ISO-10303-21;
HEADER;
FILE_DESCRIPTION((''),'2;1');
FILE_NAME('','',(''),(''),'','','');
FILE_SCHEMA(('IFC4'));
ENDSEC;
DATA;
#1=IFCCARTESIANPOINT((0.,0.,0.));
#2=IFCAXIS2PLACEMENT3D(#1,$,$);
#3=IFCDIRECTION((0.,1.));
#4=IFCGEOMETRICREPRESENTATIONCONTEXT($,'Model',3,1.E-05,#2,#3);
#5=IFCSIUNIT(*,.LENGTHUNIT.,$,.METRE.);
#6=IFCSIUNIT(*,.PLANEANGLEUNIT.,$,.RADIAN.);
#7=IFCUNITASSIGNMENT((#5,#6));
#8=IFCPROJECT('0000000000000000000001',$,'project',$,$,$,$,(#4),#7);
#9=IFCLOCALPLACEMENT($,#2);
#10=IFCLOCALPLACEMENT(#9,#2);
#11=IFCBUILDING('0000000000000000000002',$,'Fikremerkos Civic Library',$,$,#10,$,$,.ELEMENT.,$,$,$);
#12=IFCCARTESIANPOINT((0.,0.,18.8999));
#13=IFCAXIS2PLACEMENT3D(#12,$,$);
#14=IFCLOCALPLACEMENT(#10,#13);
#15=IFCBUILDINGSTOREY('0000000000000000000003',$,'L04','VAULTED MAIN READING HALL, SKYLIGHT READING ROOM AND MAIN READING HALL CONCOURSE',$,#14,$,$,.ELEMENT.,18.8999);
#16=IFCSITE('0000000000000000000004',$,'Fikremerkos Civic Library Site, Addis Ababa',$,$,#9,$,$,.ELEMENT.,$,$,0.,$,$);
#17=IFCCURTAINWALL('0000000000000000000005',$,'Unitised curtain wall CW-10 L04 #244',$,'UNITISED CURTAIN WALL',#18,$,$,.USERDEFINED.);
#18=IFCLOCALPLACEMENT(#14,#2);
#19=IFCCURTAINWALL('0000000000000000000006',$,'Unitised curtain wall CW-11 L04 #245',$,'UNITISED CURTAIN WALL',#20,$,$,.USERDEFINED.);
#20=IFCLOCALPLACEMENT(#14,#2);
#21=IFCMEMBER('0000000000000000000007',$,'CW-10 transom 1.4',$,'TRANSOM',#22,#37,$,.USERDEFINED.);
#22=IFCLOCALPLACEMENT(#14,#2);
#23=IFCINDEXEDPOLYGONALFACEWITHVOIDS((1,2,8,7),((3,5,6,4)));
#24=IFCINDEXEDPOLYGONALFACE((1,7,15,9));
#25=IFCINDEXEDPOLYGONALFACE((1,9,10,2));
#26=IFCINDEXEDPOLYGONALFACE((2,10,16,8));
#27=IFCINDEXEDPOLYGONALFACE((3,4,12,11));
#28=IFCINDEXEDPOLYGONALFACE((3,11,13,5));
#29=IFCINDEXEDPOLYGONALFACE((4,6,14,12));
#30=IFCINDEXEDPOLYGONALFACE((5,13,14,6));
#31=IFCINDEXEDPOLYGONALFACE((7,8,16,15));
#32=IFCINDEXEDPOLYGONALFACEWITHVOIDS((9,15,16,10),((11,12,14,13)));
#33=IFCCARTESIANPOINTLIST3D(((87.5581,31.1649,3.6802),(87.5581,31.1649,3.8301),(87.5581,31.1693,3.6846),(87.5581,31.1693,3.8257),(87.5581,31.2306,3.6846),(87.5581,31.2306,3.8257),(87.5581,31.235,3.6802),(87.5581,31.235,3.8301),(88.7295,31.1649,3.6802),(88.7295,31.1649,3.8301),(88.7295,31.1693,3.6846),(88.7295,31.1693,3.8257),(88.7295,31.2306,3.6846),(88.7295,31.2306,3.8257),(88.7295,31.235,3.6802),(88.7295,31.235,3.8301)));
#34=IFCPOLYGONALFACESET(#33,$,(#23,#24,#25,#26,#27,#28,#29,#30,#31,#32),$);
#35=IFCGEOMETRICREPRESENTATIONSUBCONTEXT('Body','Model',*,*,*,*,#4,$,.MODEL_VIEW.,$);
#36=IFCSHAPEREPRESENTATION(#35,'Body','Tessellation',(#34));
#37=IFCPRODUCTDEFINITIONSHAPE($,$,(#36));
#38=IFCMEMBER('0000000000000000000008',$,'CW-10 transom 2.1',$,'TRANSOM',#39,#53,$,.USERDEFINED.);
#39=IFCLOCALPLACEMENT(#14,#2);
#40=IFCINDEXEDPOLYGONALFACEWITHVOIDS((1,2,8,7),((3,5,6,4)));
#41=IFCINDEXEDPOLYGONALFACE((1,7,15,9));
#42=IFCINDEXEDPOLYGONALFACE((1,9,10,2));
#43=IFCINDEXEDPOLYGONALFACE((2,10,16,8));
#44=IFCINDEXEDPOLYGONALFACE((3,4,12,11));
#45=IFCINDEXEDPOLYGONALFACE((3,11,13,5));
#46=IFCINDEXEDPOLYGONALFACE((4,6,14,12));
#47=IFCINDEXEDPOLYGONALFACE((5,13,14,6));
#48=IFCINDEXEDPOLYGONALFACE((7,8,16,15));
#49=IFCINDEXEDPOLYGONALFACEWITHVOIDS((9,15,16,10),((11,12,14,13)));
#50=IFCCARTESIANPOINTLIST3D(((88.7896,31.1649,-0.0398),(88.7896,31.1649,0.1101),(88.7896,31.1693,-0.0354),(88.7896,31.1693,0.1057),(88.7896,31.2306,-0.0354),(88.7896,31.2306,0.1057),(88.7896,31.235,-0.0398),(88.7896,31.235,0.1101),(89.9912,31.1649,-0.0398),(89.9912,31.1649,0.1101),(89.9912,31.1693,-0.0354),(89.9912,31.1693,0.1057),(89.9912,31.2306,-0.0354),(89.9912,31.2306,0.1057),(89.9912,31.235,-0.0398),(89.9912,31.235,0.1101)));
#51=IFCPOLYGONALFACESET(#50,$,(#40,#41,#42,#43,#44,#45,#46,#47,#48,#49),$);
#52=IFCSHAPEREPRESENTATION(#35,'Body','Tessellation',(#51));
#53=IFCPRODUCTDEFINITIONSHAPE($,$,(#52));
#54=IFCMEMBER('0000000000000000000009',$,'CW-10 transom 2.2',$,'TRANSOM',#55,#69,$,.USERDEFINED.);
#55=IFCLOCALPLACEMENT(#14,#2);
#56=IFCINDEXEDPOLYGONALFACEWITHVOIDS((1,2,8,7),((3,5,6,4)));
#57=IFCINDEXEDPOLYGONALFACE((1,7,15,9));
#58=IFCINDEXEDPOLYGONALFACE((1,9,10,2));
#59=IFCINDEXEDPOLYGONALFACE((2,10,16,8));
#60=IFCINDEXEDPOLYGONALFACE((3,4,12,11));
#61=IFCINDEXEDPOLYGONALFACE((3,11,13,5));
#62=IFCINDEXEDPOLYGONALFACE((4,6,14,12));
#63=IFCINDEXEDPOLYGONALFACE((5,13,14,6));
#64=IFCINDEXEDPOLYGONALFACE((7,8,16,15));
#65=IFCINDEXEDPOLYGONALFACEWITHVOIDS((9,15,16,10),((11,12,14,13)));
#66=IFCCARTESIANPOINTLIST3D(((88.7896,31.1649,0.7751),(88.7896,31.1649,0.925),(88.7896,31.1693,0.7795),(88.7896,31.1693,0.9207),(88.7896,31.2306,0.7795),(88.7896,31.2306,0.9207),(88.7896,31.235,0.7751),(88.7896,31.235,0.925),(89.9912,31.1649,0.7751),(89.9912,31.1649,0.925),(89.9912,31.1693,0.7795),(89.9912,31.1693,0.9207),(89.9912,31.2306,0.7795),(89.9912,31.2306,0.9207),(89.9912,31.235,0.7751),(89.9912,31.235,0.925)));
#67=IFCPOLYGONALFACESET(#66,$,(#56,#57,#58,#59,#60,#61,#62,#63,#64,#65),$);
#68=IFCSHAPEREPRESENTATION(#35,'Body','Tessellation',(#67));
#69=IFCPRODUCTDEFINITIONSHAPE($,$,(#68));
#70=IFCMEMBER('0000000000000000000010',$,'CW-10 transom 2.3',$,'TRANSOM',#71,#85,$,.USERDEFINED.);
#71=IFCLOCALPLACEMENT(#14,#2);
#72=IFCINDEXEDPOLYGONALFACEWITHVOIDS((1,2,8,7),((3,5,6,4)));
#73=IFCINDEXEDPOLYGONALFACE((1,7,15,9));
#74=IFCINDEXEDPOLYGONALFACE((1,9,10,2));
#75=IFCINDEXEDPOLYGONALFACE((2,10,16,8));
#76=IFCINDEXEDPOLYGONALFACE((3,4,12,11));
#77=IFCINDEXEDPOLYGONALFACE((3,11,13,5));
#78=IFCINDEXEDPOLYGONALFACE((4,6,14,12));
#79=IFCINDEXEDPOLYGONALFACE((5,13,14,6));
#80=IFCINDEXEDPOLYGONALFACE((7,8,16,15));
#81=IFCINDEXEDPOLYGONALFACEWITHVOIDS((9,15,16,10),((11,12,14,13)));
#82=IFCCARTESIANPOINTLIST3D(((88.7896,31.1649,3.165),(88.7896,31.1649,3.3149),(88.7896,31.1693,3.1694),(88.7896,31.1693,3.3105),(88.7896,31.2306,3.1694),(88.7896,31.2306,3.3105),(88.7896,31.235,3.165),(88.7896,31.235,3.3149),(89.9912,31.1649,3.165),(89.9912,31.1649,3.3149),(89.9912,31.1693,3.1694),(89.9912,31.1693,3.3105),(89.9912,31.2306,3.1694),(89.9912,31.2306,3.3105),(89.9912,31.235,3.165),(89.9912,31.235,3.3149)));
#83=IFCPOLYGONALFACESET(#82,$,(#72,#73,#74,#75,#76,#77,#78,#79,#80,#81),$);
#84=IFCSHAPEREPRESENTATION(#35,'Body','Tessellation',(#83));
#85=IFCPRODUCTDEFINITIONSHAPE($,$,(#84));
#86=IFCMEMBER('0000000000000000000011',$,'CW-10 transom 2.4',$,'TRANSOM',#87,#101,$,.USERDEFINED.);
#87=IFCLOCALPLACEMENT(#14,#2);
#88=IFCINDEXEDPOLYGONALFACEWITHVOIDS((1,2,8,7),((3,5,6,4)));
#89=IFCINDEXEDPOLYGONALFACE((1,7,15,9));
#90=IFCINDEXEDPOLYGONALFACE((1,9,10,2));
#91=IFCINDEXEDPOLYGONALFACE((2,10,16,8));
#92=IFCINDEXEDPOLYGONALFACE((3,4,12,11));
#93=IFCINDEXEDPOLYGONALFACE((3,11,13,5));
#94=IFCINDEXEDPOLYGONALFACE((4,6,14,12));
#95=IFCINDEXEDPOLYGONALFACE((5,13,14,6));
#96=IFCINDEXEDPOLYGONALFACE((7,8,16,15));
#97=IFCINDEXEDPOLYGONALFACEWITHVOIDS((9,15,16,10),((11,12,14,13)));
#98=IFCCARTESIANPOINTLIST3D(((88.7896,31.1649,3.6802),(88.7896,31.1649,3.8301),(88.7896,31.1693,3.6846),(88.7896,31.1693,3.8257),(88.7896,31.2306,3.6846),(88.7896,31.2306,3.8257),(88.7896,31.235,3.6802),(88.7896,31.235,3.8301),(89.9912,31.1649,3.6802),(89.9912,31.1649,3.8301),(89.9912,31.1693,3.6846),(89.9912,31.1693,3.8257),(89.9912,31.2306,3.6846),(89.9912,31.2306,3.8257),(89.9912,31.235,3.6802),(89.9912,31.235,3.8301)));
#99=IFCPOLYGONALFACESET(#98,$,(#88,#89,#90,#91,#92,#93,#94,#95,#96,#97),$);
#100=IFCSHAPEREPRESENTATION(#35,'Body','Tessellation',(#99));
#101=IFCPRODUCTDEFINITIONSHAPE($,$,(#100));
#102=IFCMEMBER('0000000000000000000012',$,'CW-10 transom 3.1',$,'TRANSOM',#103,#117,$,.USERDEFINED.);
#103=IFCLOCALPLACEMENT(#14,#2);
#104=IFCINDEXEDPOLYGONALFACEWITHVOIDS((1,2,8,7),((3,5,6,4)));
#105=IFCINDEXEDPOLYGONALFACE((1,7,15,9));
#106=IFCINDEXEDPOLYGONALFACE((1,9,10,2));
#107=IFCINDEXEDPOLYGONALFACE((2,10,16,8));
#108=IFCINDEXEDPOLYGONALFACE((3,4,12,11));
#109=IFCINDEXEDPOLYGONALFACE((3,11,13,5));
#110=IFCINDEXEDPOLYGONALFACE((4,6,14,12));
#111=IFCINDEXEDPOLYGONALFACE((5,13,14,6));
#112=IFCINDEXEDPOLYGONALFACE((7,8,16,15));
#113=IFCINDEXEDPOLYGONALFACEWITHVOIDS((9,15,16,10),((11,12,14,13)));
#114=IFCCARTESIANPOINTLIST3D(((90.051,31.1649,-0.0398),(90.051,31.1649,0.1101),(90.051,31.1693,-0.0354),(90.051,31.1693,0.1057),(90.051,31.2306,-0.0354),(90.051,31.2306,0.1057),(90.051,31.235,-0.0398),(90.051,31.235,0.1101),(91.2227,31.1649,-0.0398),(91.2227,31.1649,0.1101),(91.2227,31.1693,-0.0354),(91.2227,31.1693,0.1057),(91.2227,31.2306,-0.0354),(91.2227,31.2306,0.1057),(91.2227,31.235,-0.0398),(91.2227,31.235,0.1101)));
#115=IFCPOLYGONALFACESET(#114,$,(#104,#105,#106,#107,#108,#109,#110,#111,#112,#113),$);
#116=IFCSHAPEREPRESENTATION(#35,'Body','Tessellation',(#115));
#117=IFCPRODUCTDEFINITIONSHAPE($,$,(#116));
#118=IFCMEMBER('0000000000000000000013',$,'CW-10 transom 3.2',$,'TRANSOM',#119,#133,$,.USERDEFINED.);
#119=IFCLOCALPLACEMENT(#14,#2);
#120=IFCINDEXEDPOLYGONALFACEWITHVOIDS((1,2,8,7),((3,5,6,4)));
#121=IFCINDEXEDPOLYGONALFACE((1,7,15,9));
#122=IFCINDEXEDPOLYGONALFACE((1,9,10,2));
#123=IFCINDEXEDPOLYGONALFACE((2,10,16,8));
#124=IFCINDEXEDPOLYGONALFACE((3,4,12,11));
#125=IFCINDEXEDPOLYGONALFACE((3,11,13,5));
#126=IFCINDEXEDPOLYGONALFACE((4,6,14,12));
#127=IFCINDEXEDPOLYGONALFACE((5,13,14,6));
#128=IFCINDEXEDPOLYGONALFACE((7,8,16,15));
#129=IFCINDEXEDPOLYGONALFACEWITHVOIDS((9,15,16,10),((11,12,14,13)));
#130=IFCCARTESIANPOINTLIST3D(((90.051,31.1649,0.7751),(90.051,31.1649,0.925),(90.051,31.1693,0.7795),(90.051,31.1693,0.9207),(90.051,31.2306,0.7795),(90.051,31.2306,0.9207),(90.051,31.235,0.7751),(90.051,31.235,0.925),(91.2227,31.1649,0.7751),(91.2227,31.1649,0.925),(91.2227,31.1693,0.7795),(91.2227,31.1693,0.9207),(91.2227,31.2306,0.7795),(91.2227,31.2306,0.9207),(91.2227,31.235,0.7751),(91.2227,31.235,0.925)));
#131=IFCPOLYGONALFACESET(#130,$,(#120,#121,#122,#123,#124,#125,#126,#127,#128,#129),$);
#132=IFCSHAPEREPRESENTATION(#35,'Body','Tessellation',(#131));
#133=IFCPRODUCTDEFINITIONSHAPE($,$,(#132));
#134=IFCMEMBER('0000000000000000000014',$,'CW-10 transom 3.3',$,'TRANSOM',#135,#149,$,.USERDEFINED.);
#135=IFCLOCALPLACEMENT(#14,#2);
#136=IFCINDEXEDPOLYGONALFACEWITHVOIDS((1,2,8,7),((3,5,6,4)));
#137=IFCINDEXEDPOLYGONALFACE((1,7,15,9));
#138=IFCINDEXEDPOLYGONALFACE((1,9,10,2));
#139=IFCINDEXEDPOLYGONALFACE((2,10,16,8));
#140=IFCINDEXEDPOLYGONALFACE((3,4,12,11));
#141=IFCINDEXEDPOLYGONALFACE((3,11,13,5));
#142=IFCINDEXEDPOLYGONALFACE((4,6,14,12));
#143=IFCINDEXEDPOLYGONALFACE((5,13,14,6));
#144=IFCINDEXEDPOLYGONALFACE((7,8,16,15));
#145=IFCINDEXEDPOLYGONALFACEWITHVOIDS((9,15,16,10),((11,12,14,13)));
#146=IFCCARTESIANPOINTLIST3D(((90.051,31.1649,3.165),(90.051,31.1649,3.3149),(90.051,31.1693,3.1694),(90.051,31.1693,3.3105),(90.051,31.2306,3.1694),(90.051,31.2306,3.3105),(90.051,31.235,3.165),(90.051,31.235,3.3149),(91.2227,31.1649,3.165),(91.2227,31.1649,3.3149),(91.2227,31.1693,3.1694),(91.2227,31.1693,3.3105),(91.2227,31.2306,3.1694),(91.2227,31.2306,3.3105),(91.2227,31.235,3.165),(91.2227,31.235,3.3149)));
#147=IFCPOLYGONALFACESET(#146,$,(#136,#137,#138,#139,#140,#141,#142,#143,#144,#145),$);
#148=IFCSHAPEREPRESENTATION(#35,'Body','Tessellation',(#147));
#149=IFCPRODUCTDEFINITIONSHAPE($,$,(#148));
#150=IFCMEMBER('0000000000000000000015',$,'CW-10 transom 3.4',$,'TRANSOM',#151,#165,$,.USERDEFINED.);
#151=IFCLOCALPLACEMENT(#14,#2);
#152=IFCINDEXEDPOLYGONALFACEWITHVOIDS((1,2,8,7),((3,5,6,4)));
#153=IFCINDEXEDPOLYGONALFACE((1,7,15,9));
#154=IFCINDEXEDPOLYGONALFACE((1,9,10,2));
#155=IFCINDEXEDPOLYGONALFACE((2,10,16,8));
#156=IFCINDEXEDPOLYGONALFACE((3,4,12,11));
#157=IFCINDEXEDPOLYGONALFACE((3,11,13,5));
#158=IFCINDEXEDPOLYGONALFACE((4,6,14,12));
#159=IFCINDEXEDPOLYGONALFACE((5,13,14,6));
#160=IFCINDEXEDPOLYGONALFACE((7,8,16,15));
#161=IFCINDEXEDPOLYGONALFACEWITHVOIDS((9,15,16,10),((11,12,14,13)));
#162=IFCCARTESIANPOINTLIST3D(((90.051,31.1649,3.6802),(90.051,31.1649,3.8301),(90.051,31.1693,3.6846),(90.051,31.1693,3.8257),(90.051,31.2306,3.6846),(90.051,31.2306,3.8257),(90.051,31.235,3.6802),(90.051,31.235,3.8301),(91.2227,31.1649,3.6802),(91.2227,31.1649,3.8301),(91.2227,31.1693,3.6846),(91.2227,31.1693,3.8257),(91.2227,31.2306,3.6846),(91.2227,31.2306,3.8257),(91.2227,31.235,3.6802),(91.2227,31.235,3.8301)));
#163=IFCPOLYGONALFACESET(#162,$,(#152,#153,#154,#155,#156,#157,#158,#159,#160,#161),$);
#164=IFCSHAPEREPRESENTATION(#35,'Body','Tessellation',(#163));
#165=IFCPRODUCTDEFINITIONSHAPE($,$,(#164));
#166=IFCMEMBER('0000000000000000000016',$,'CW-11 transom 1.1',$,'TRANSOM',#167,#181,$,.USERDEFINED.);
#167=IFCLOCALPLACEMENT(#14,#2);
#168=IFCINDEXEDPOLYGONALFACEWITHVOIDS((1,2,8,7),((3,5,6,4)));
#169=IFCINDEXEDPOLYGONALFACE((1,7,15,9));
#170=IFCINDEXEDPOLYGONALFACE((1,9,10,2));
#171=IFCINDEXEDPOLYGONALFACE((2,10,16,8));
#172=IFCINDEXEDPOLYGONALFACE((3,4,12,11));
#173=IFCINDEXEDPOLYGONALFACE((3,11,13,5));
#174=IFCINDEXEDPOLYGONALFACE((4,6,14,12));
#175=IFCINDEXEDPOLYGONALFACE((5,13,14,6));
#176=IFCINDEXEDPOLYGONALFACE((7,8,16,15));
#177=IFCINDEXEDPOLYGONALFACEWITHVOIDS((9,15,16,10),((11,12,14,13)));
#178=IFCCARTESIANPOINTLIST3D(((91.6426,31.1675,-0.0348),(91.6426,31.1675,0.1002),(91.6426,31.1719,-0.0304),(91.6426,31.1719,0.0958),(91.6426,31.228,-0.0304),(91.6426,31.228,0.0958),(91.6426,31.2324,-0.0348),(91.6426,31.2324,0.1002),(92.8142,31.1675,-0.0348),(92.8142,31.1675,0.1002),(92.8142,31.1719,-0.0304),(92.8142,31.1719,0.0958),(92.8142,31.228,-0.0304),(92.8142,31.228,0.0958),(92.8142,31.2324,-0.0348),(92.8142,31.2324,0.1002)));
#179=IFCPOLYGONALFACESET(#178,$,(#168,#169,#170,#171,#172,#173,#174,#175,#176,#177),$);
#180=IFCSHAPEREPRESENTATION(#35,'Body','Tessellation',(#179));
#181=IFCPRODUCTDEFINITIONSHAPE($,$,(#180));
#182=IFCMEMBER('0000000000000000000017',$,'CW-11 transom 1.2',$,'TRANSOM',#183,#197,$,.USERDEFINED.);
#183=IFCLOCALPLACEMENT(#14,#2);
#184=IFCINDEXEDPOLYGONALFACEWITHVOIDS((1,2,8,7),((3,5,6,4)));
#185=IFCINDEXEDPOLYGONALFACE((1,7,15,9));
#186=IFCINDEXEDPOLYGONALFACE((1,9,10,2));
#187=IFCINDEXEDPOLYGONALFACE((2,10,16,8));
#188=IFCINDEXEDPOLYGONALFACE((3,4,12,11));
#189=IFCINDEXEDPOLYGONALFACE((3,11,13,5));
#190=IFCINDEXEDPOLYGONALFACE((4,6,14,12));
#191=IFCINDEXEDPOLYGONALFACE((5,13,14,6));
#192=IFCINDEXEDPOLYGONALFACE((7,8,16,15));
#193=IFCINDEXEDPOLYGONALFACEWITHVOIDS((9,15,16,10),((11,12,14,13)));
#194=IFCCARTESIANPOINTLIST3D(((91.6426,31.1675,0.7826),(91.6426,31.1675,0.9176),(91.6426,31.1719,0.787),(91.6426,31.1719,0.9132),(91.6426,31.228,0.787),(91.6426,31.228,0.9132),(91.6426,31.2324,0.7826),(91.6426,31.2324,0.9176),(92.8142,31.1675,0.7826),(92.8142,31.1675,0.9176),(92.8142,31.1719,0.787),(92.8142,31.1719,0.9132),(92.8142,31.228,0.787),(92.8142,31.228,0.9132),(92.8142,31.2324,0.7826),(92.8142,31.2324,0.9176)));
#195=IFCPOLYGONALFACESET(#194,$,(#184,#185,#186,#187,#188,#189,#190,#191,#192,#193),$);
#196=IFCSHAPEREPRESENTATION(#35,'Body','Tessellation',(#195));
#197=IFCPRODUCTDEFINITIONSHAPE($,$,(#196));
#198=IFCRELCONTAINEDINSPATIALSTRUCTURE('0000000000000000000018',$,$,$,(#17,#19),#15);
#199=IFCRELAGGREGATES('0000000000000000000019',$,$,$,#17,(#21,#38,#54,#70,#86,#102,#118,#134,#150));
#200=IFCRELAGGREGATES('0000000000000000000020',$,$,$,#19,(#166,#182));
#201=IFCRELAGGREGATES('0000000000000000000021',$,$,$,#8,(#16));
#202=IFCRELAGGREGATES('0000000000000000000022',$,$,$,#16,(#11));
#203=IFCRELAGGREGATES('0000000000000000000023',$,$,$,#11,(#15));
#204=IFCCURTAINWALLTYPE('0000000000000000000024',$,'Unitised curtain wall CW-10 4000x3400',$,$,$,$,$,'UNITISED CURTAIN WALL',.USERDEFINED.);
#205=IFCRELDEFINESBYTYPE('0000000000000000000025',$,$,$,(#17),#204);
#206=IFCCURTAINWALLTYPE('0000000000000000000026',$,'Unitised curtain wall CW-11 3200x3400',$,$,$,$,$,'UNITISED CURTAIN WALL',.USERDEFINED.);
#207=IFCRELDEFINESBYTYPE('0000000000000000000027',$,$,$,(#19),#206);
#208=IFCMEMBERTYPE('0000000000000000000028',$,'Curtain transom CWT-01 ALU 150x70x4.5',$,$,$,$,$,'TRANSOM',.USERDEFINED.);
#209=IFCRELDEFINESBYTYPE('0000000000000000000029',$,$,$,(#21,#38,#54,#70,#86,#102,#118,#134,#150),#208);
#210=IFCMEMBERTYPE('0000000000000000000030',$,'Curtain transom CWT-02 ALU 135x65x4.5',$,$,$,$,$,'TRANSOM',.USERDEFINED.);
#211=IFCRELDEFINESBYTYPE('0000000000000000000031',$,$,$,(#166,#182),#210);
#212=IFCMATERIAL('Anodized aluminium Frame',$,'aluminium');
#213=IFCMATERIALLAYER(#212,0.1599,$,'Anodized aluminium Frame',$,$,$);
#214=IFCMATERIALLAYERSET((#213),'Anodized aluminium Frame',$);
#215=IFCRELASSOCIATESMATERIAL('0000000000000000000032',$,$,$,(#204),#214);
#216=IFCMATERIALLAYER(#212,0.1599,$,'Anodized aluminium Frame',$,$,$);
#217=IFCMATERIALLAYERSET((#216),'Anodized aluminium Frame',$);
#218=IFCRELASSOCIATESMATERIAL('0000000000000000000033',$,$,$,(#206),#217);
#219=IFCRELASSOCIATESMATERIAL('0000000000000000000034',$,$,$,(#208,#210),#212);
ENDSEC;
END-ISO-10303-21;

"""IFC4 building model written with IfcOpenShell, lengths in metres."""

from ifc_helpers import new_model, si_unit, direction, frame, origin, origin_2d, place, context, subcontext, project, spatial, hollow_rectangle, extrude, material, layer, layer_set, material_profile, profile_set, type_object, element, aggregate, save


model = new_model("IFC4")

# Units and contexts
model_context = context("Model", 3, precision=1e-05, world=origin(), true_north=direction((0.0, 1.0)))
body_context = subcontext(model_context, "Body", "Model", "MODEL_VIEW")
ifc_project = project(units=[si_unit("LENGTHUNIT", "METRE"), si_unit("PLANEANGLEUNIT", "RADIAN")], contexts=[model_context])

# Site, building, storey
site_placement = place(None, origin())
site = spatial("IfcSite", under=ifc_project, at=site_placement, Name="Fikremerkos Civic Library Site, Addis Ababa", CompositionType="ELEMENT", RefElevation=0.0)
building_placement = place(site_placement, origin())
building = spatial("IfcBuilding", under=site, at=building_placement, Name="Fikremerkos Civic Library", CompositionType="ELEMENT")
storey_placement = place(building_placement, frame((0.0, 0.0, 18.8999)))
storey = spatial("IfcBuildingStorey", under=building, at=storey_placement, Name="L04", Description="VAULTED MAIN READING HALL, SKYLIGHT READING ROOM AND MAIN READING HALL CONCOURSE", CompositionType="ELEMENT", Elevation=18.8999)

# Shared definitions
ifc_material_1 = material(Name="Anodized aluminium Frame", Category="aluminium")

# Curtain wall
ifc_layer_1 = layer(ifc_material_1, 0.1599, Name="Anodized aluminium Frame")
ifc_layer_set_1 = layer_set([ifc_layer_1], Name="Anodized aluminium Frame")
curtain_wall_type_1 = type_object("IfcCurtainWallType", Name="Unitised curtain wall CW-10 4000x3400", ElementType="UNITISED CURTAIN WALL", PredefinedType="USERDEFINED", material=ifc_layer_set_1)
curtain_wall_1_placement = place(storey_placement, origin())
curtain_wall_1 = element("IfcCurtainWall", 1, at=curtain_wall_1_placement, inside=storey, type_object=curtain_wall_type_1, Name="Unitised curtain wall CW-10 L04 #244", ObjectType="UNITISED CURTAIN WALL", PredefinedType="USERDEFINED")

# Curtain wall
ifc_layer_2 = layer(ifc_material_1, 0.1599, Name="Anodized aluminium Frame")
ifc_layer_set_2 = layer_set([ifc_layer_2], Name="Anodized aluminium Frame")
curtain_wall_type_2 = type_object("IfcCurtainWallType", Name="Unitised curtain wall CW-11 3200x3400", ElementType="UNITISED CURTAIN WALL", PredefinedType="USERDEFINED", material=ifc_layer_set_2)
curtain_wall_2_placement = place(storey_placement, origin())
curtain_wall_2 = element("IfcCurtainWall", 2, at=curtain_wall_2_placement, inside=storey, type_object=curtain_wall_type_2, Name="Unitised curtain wall CW-11 L04 #245", ObjectType="UNITISED CURTAIN WALL", PredefinedType="USERDEFINED")

# Members
ifc_material_profile_1 = material_profile(ifc_material_1, hollow_rectangle(XDim=0.0701, YDim=0.1499, WallThickness=0.0044, at=origin_2d()), Name="ALU 150x70x4.5")
ifc_profile_set_1 = profile_set([ifc_material_profile_1], Name="Anodized aluminium Frame")
member_type_1 = type_object("IfcMemberType", Name="Curtain transom CWT-01 ALU 150x70x4.5", ElementType="TRANSOM", PredefinedType="USERDEFINED", material=ifc_profile_set_1)
member_1_placement = place(storey_placement, frame((87.5581, 31.2, 3.7551), z_axis=(1.0, 0.0, 0.0), x_axis=(0.0, 1.0, 0.0)))
member_1 = element("IfcMember", 3, at=member_1_placement, type_object=member_type_1, Name="CW-10 transom 1.4", ObjectType="TRANSOM", PredefinedType="USERDEFINED", context=body_context, shape_type="SweptSolid", body=[
    extrude(hollow_rectangle(XDim=0.0701, YDim=0.1499, WallThickness=0.0044, at=origin_2d()), origin(), (0.0, 0.0, 1.0), 1.1714),
])
member_2_placement = place(storey_placement, frame((88.7896, 31.2, 0.0352), z_axis=(1.0, 0.0, 0.0), x_axis=(0.0, 1.0, 0.0)))
member_2 = element("IfcMember", 4, at=member_2_placement, type_object=member_type_1, Name="CW-10 transom 2.1", ObjectType="TRANSOM", PredefinedType="USERDEFINED", context=body_context, shape_type="SweptSolid", body=[
    extrude(hollow_rectangle(XDim=0.0701, YDim=0.1499, WallThickness=0.0044, at=origin_2d()), origin(), (0.0, 0.0, 1.0), 1.2017),
])
member_3_placement = place(storey_placement, frame((88.7896, 31.2, 0.8501), z_axis=(1.0, 0.0, 0.0), x_axis=(0.0, 1.0, 0.0)))
member_3 = element("IfcMember", 5, at=member_3_placement, type_object=member_type_1, Name="CW-10 transom 2.2", ObjectType="TRANSOM", PredefinedType="USERDEFINED", context=body_context, shape_type="SweptSolid", body=[
    extrude(hollow_rectangle(XDim=0.0701, YDim=0.1499, WallThickness=0.0044, at=origin_2d()), origin(), (0.0, 0.0, 1.0), 1.2017),
])
member_4_placement = place(storey_placement, frame((88.7896, 31.2, 3.24), z_axis=(1.0, 0.0, 0.0), x_axis=(0.0, 1.0, 0.0)))
member_4 = element("IfcMember", 6, at=member_4_placement, type_object=member_type_1, Name="CW-10 transom 2.3", ObjectType="TRANSOM", PredefinedType="USERDEFINED", context=body_context, shape_type="SweptSolid", body=[
    extrude(hollow_rectangle(XDim=0.0701, YDim=0.1499, WallThickness=0.0044, at=origin_2d()), origin(), (0.0, 0.0, 1.0), 1.2017),
])
member_5_placement = place(storey_placement, frame((88.7896, 31.2, 3.7551), z_axis=(1.0, 0.0, 0.0), x_axis=(0.0, 1.0, 0.0)))
member_5 = element("IfcMember", 7, at=member_5_placement, type_object=member_type_1, Name="CW-10 transom 2.4", ObjectType="TRANSOM", PredefinedType="USERDEFINED", context=body_context, shape_type="SweptSolid", body=[
    extrude(hollow_rectangle(XDim=0.0701, YDim=0.1499, WallThickness=0.0044, at=origin_2d()), origin(), (0.0, 0.0, 1.0), 1.2017),
])
member_6_placement = place(storey_placement, frame((90.051, 31.2, 0.0352), z_axis=(1.0, 0.0, 0.0), x_axis=(0.0, 1.0, 0.0)))
member_6 = element("IfcMember", 8, at=member_6_placement, type_object=member_type_1, Name="CW-10 transom 3.1", ObjectType="TRANSOM", PredefinedType="USERDEFINED", context=body_context, shape_type="SweptSolid", body=[
    extrude(hollow_rectangle(XDim=0.0701, YDim=0.1499, WallThickness=0.0044, at=origin_2d()), origin(), (0.0, 0.0, 1.0), 1.1716),
])
member_7_placement = place(storey_placement, frame((90.051, 31.2, 0.8501), z_axis=(1.0, 0.0, 0.0), x_axis=(0.0, 1.0, 0.0)))
member_7 = element("IfcMember", 9, at=member_7_placement, type_object=member_type_1, Name="CW-10 transom 3.2", ObjectType="TRANSOM", PredefinedType="USERDEFINED", context=body_context, shape_type="SweptSolid", body=[
    extrude(hollow_rectangle(XDim=0.0701, YDim=0.1499, WallThickness=0.0044, at=origin_2d()), origin(), (0.0, 0.0, 1.0), 1.1716),
])
member_8_placement = place(storey_placement, frame((90.051, 31.2, 3.24), z_axis=(1.0, 0.0, 0.0), x_axis=(0.0, 1.0, 0.0)))
member_8 = element("IfcMember", 10, at=member_8_placement, type_object=member_type_1, Name="CW-10 transom 3.3", ObjectType="TRANSOM", PredefinedType="USERDEFINED", context=body_context, shape_type="SweptSolid", body=[
    extrude(hollow_rectangle(XDim=0.0701, YDim=0.1499, WallThickness=0.0044, at=origin_2d()), origin(), (0.0, 0.0, 1.0), 1.1716),
])
member_9_placement = place(storey_placement, frame((90.051, 31.2, 3.7551), z_axis=(1.0, 0.0, 0.0), x_axis=(0.0, 1.0, 0.0)))
member_9 = element("IfcMember", 11, at=member_9_placement, type_object=member_type_1, Name="CW-10 transom 3.4", ObjectType="TRANSOM", PredefinedType="USERDEFINED", context=body_context, shape_type="SweptSolid", body=[
    extrude(hollow_rectangle(XDim=0.0701, YDim=0.1499, WallThickness=0.0044, at=origin_2d()), origin(), (0.0, 0.0, 1.0), 1.1716),
])
ifc_material_profile_2 = material_profile(ifc_material_1, hollow_rectangle(XDim=0.0649, YDim=0.135, WallThickness=0.0044, at=origin_2d()), Name="ALU 135x65x4.5")
ifc_profile_set_2 = profile_set([ifc_material_profile_2], Name="Anodized aluminium Frame")
member_type_2 = type_object("IfcMemberType", Name="Curtain transom CWT-02 ALU 135x65x4.5", ElementType="TRANSOM", PredefinedType="USERDEFINED", material=ifc_profile_set_2)
member_10_placement = place(storey_placement, frame((91.6426, 31.2, 0.0327), z_axis=(1.0, 0.0, 0.0), x_axis=(0.0, 1.0, 0.0)))
member_10 = element("IfcMember", 12, at=member_10_placement, type_object=member_type_2, Name="CW-11 transom 1.1", ObjectType="TRANSOM", PredefinedType="USERDEFINED", context=body_context, shape_type="SweptSolid", body=[
    extrude(hollow_rectangle(XDim=0.0649, YDim=0.135, WallThickness=0.0044, at=origin_2d()), origin(), (0.0, 0.0, 1.0), 1.1716),
])
member_11_placement = place(storey_placement, frame((91.6426, 31.2, 0.8501), z_axis=(1.0, 0.0, 0.0), x_axis=(0.0, 1.0, 0.0)))
member_11 = element("IfcMember", 13, at=member_11_placement, type_object=member_type_2, Name="CW-11 transom 1.2", ObjectType="TRANSOM", PredefinedType="USERDEFINED", context=body_context, shape_type="SweptSolid", body=[
    extrude(hollow_rectangle(XDim=0.0649, YDim=0.135, WallThickness=0.0044, at=origin_2d()), origin(), (0.0, 0.0, 1.0), 1.1716),
])

aggregate(curtain_wall_1, [member_1, member_2, member_3, member_4, member_5, member_6, member_7, member_8, member_9])
aggregate(curtain_wall_2, [member_10, member_11])

save(model, "model.ifc")
